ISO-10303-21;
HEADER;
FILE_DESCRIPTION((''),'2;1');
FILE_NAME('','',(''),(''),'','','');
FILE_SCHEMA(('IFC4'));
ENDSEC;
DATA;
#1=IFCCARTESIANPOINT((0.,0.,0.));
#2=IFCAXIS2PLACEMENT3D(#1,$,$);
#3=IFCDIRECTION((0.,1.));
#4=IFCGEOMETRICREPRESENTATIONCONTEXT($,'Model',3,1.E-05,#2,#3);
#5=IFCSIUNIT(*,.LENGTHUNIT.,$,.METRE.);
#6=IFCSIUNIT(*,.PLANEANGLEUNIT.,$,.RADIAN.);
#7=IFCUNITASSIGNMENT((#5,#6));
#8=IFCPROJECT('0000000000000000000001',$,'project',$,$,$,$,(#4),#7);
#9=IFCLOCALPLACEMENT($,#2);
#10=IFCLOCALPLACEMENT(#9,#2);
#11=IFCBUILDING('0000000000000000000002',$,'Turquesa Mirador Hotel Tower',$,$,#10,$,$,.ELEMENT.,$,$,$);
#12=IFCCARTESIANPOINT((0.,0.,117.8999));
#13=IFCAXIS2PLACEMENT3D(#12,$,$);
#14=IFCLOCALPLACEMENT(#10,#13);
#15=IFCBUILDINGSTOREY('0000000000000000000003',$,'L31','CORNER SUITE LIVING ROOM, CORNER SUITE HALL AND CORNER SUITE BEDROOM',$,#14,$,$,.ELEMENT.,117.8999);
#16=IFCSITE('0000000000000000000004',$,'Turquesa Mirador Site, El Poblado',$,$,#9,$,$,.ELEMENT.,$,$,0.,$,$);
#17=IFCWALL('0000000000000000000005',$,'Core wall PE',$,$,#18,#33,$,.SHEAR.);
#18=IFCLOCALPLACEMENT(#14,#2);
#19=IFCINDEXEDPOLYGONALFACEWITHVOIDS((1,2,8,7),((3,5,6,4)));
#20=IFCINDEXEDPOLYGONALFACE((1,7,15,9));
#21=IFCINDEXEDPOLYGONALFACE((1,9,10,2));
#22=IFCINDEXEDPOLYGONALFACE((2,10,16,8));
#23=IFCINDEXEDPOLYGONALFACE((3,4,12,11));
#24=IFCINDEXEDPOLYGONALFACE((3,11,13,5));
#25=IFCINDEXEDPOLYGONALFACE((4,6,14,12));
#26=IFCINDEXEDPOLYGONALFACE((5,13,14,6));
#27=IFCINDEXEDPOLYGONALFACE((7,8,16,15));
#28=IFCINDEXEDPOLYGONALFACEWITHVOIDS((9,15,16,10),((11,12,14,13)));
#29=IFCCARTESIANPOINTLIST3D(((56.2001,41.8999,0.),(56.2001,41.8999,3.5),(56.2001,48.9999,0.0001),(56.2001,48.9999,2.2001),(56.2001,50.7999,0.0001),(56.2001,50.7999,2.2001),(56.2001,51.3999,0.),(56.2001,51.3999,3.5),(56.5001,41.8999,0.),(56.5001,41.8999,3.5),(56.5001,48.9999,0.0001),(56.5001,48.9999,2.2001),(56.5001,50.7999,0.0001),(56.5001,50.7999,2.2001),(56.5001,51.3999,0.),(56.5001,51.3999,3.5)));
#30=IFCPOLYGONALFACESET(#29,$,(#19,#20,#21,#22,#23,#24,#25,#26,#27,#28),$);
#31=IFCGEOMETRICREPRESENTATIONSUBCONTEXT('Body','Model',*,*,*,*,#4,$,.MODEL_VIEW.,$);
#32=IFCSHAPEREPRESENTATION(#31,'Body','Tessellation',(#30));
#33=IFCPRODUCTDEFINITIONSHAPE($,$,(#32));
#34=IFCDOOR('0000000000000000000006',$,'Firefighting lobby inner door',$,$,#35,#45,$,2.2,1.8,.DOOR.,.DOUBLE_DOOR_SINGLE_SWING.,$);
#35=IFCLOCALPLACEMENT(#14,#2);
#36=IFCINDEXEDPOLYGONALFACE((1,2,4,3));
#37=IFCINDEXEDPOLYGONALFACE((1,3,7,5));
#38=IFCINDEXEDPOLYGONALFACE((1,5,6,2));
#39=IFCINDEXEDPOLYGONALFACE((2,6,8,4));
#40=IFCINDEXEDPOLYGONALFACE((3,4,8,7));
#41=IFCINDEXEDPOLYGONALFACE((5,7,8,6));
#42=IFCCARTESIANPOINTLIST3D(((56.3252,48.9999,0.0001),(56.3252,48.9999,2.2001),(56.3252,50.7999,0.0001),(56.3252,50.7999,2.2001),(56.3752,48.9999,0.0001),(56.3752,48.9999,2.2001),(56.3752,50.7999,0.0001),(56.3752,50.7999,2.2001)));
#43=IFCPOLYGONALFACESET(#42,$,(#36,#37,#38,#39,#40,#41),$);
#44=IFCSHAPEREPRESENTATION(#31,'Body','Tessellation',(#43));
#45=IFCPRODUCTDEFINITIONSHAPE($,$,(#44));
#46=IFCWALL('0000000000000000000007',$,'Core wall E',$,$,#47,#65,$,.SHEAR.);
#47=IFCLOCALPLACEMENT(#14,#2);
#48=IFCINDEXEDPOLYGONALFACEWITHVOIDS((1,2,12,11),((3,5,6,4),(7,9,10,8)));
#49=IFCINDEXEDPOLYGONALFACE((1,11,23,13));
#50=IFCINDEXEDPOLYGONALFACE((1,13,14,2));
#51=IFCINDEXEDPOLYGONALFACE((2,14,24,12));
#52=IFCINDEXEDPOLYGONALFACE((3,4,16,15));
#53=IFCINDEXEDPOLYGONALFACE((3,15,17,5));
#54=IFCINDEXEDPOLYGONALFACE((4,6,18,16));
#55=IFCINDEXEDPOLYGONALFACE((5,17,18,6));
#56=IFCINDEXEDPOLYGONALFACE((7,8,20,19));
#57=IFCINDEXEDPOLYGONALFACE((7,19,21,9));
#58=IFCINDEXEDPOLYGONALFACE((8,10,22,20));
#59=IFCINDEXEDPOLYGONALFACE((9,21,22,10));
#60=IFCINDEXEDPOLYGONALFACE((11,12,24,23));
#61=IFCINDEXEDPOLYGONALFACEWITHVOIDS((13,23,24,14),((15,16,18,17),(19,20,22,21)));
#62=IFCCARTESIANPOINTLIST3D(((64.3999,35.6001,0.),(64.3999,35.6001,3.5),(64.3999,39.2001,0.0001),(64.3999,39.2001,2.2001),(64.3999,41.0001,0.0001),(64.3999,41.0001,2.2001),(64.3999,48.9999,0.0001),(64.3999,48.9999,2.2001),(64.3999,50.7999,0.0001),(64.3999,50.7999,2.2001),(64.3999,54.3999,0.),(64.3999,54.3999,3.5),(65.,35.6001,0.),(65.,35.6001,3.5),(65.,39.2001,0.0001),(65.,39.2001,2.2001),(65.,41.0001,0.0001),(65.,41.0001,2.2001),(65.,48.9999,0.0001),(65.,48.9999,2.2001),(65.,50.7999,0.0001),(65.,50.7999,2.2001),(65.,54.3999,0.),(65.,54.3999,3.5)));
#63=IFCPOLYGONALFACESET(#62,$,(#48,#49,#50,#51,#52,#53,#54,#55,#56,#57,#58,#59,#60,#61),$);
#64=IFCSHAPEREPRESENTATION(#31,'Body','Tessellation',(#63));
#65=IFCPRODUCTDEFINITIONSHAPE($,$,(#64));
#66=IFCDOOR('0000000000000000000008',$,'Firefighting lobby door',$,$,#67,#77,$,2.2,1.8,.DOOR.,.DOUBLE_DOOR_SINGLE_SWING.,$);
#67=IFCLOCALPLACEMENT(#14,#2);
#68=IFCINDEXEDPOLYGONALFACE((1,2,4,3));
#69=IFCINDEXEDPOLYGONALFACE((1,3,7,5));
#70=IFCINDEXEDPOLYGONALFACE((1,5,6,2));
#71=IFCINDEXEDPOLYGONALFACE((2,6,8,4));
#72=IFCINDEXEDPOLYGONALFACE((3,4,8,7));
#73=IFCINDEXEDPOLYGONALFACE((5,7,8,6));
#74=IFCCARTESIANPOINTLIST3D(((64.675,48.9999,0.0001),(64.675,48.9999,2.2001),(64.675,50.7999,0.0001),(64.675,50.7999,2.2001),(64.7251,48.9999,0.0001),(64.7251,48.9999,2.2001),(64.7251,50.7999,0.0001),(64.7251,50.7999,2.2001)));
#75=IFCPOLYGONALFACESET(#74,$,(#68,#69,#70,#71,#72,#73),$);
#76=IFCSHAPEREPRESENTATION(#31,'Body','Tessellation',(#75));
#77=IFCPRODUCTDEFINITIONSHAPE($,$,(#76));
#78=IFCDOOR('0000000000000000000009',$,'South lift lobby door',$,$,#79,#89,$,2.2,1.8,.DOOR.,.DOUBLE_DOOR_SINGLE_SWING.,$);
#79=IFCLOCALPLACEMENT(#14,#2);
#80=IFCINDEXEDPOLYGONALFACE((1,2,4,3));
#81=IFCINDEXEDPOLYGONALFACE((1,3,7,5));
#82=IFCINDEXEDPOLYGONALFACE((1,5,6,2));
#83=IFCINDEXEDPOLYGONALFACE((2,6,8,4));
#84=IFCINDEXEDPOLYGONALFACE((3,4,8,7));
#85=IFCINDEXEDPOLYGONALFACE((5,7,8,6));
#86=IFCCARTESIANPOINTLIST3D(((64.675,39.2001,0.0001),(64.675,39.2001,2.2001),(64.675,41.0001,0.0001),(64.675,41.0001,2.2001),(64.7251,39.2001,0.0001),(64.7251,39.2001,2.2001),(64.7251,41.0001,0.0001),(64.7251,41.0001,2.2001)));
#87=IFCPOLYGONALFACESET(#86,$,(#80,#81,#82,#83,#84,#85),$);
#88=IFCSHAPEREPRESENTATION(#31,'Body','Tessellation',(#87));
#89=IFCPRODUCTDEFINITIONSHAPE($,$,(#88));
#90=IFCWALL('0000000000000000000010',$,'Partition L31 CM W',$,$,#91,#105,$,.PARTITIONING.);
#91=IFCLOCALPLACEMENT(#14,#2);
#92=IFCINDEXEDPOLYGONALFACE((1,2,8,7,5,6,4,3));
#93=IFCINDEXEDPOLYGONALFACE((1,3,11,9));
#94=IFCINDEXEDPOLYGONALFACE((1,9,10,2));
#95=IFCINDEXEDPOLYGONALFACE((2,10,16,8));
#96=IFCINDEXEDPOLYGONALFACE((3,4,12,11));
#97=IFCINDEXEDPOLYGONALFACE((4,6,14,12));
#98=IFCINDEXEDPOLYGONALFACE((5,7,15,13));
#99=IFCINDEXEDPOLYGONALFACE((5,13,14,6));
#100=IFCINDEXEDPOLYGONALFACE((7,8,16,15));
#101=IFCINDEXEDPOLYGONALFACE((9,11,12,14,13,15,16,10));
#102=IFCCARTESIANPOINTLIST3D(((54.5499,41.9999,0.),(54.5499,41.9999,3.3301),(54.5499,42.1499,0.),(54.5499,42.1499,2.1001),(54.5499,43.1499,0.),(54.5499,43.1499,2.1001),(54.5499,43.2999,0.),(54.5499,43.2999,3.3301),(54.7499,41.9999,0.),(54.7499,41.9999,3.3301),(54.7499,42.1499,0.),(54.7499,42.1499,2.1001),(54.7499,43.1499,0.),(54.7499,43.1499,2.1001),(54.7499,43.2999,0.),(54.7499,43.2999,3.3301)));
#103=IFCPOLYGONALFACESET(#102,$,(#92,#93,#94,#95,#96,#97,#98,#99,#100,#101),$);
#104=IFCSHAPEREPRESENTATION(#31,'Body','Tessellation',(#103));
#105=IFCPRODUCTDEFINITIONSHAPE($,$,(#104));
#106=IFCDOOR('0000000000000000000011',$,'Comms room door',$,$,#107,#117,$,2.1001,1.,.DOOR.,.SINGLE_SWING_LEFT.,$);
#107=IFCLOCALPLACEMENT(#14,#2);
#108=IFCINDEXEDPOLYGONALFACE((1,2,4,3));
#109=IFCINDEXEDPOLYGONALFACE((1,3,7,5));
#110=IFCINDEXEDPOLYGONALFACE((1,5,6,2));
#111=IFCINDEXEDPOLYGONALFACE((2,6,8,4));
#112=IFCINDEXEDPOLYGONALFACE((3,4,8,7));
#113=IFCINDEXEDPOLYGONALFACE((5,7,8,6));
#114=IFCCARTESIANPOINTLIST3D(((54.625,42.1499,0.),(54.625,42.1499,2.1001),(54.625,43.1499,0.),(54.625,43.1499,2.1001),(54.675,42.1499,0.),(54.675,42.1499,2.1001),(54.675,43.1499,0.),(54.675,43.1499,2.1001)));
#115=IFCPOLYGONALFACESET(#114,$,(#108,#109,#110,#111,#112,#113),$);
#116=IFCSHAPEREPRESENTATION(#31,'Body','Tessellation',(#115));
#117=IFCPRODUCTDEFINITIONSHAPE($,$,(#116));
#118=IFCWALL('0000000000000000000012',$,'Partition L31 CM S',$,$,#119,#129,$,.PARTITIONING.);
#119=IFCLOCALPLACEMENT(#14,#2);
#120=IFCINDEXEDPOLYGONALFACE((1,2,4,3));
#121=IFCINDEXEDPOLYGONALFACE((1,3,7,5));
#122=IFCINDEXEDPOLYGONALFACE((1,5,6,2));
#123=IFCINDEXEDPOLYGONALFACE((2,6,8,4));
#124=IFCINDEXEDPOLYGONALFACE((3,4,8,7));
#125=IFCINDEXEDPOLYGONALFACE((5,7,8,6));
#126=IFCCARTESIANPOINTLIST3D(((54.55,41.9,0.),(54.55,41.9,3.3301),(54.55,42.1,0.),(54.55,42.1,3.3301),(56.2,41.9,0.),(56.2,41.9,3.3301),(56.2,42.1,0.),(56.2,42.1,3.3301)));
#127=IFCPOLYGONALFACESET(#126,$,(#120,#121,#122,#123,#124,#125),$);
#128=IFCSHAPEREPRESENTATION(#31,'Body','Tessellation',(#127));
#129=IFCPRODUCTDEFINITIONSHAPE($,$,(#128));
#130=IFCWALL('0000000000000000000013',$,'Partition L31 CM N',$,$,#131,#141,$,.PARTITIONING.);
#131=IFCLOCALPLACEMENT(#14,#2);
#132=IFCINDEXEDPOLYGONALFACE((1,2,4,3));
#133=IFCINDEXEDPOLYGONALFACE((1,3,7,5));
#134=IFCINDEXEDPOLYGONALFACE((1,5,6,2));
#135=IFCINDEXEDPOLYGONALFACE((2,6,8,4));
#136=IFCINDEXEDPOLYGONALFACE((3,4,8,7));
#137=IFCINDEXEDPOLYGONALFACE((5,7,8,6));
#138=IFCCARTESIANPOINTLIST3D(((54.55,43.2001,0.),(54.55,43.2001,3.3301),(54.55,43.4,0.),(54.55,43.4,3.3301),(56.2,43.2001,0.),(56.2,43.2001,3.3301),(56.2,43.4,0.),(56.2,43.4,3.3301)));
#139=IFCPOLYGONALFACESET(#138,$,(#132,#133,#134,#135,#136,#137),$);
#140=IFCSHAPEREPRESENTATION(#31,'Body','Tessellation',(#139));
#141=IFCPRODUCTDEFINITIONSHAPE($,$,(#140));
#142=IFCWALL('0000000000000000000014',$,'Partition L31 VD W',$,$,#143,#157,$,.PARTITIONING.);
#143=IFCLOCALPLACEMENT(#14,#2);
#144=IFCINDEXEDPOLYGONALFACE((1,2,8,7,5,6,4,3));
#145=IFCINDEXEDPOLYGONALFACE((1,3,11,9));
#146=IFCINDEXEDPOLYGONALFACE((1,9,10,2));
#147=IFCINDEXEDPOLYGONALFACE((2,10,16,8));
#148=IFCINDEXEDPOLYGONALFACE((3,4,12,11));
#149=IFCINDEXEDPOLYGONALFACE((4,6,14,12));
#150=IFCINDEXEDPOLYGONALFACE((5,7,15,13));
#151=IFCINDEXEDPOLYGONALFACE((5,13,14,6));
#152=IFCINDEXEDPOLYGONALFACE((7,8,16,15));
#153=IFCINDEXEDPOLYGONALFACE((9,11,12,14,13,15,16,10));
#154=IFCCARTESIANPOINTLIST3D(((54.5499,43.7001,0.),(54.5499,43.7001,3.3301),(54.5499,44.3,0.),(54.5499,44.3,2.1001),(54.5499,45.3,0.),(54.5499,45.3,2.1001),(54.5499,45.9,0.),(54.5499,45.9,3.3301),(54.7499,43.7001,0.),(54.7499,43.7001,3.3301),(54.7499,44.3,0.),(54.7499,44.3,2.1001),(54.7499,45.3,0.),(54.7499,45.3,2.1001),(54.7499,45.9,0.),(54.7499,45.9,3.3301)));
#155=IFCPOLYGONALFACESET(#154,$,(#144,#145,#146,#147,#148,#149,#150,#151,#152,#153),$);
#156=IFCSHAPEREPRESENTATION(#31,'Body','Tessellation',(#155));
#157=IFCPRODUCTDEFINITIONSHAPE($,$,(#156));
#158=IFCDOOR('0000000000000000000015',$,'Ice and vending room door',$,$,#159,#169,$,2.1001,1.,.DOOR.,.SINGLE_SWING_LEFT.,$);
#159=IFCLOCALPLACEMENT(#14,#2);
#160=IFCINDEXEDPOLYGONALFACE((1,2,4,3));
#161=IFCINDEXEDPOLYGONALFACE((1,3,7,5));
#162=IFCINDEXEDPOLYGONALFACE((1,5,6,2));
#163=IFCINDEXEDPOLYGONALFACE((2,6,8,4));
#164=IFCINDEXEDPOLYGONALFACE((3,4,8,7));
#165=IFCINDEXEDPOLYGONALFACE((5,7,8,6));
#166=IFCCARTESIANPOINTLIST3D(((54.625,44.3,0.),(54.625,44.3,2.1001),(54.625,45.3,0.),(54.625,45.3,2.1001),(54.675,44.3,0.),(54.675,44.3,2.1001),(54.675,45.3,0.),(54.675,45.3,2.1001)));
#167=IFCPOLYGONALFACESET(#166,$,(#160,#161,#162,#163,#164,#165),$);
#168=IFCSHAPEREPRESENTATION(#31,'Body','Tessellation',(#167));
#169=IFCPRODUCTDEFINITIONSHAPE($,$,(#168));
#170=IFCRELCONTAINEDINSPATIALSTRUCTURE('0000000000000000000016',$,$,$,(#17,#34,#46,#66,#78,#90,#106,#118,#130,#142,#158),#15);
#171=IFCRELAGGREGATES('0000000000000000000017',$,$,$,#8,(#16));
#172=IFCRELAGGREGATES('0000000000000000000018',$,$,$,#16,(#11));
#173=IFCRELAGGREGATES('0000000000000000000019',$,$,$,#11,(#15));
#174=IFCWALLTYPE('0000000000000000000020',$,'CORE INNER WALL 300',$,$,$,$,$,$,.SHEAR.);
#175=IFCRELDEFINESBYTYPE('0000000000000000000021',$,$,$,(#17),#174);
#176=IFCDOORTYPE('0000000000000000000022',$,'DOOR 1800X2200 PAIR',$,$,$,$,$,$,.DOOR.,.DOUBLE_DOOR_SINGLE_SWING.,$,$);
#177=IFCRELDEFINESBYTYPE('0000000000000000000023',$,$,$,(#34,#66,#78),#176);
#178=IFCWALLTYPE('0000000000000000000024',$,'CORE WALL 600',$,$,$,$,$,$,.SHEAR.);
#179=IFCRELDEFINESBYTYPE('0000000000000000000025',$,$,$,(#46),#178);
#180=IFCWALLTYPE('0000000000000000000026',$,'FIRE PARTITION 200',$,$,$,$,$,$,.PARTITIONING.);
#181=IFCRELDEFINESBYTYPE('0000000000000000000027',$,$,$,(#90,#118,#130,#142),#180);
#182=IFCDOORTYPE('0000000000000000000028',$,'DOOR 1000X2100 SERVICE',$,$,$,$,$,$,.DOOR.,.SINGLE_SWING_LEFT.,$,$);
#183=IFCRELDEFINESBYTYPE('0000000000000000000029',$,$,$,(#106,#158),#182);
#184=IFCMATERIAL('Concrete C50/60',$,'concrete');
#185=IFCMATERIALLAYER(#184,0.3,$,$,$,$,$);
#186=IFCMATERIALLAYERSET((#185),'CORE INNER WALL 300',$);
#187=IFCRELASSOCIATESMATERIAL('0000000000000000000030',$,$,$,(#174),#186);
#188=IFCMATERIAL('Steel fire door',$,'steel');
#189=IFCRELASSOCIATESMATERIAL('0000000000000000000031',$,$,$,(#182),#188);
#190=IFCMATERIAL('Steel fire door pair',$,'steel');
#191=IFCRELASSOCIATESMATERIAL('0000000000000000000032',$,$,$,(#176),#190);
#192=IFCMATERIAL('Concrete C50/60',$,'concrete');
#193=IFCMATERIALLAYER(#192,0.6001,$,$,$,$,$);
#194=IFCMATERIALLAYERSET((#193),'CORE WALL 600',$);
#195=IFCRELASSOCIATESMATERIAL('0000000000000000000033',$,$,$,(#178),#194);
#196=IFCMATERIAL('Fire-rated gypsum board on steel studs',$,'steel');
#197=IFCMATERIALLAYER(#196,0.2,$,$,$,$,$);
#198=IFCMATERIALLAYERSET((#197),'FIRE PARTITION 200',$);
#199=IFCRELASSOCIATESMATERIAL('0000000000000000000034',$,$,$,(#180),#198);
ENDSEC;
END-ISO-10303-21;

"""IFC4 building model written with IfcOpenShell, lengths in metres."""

from ifc_helpers import new_model, si_unit, direction, frame, frame_2d, origin, place, context, subcontext, project, spatial, rectangle, extrude, material, layer, layer_set, type_object, element, fill, save


model = new_model("IFC4")

# Units and contexts
model_context = context("Model", 3, precision=1e-05, world=origin(), true_north=direction((0.0, 1.0)))
body_context = subcontext(model_context, "Body", "Model", "MODEL_VIEW")
ifc_project = project(units=[si_unit("LENGTHUNIT", "METRE"), si_unit("PLANEANGLEUNIT", "RADIAN")], contexts=[model_context])

# Site, building, storey
site_placement = place(None, origin())
site = spatial("IfcSite", under=ifc_project, at=site_placement, Name="Turquesa Mirador Site, El Poblado", CompositionType="ELEMENT", RefElevation=0.0)
building_placement = place(site_placement, origin())
building = spatial("IfcBuilding", under=site, at=building_placement, Name="Turquesa Mirador Hotel Tower", CompositionType="ELEMENT")
storey_placement = place(building_placement, frame((0.0, 0.0, 117.8999)))
storey = spatial("IfcBuildingStorey", under=building, at=storey_placement, Name="L31", Description="CORNER SUITE LIVING ROOM, CORNER SUITE HALL AND CORNER SUITE BEDROOM", CompositionType="ELEMENT", Elevation=117.8999)

# Wall, opening, door
ifc_material_1 = material(Name="Concrete C50/60", Category="concrete")
ifc_layer_1 = layer(ifc_material_1, 0.3)
ifc_layer_set_1 = layer_set([ifc_layer_1], Name="CORE INNER WALL 300")
wall_type_1 = type_object("IfcWallType", Name="CORE INNER WALL 300", PredefinedType="SHEAR", material=ifc_layer_set_1)
ifc_material_2 = material(Name="Steel fire door", Category="steel")
door_type_1 = type_object("IfcDoorType", Name="DOOR 1000X2100 SERVICE", OperationType="SINGLE_SWING_LEFT", PredefinedType="DOOR", material=ifc_material_2)
wall_1_placement = place(storey_placement, frame((56.3501, 41.8999, 0.0), z_axis=(0.0, 0.0, 1.0), x_axis=(0.0, 1.0, 0.0)))
wall_1 = element("IfcWall", 1, at=wall_1_placement, inside=storey, type_object=wall_type_1, Name="Core wall PE", PredefinedType="SHEAR", context=body_context, shape_type="SweptSolid", body=[
    extrude(rectangle(XDim=9.5, YDim=0.3, at=frame_2d((4.75, 0.0))), origin(), (0.0, 0.0, 1.0), 3.5),
])
opening_1_placement = place(wall_1_placement, frame((7.1001, 0.0, 0.0)))
opening_1 = element("IfcOpeningElement", 2, at=opening_1_placement, cuts=wall_1, PredefinedType="OPENING", context=body_context, shape_type="SweptSolid", body=[
    extrude(rectangle(XDim=1.8, YDim=2.2, at=frame_2d((0.8999, 1.1001))), frame((0.0, 0.1599, 0.0), z_axis=(0.0, -1.0, 0.0), x_axis=(1.0, 0.0, 0.0)), (0.0, 0.0, 1.0), 0.3201),
])
ifc_material_3 = material(Name="Steel fire door pair", Category="steel")
door_type_2 = type_object("IfcDoorType", Name="DOOR 1800X2200 PAIR", OperationType="DOUBLE_DOOR_SINGLE_SWING", PredefinedType="DOOR", material=ifc_material_3)
door_1_placement = place(opening_1_placement, origin())
door_1 = element("IfcDoor", 3, at=door_1_placement, inside=storey, type_object=door_type_2, Name="Firefighting lobby inner door", OperationType="DOUBLE_DOOR_SINGLE_SWING", OverallHeight=2.2, OverallWidth=1.8, PredefinedType="DOOR", context=body_context, shape_type="SweptSolid", body=[
    extrude(rectangle(XDim=1.8, YDim=2.2, at=frame_2d((0.8999, 1.1001))), frame((0.0, 0.0249, 0.0), z_axis=(0.0, -1.0, 0.0), x_axis=(1.0, 0.0, 0.0)), (0.0, 0.0, 1.0), 0.05),
])
fill(opening_1, door_1)

# Wall, openings, doors
ifc_material_4 = material(Name="Concrete C50/60", Category="concrete")
ifc_layer_2 = layer(ifc_material_4, 0.6001)
ifc_layer_set_2 = layer_set([ifc_layer_2], Name="CORE WALL 600")
wall_type_2 = type_object("IfcWallType", Name="CORE WALL 600", PredefinedType="SHEAR", material=ifc_layer_set_2)
wall_2_placement = place(storey_placement, frame((64.7, 35.6001, 0.0), z_axis=(0.0, 0.0, 1.0), x_axis=(0.0, 1.0, 0.0)))
wall_2 = element("IfcWall", 4, at=wall_2_placement, inside=storey, type_object=wall_type_2, Name="Core wall E", PredefinedType="SHEAR", context=body_context, shape_type="SweptSolid", body=[
    extrude(rectangle(XDim=18.7998, YDim=0.6001, at=frame_2d((9.3999, 0.0))), origin(), (0.0, 0.0, 1.0), 3.5),
])
opening_2_placement = place(wall_2_placement, frame((13.3999, 0.0, 0.0)))
opening_2 = element("IfcOpeningElement", 5, at=opening_2_placement, cuts=wall_2, PredefinedType="OPENING", context=body_context, shape_type="SweptSolid", body=[
    extrude(rectangle(XDim=1.8, YDim=2.2, at=frame_2d((0.8999, 1.1001))), frame((0.0, 0.3101, 0.0), z_axis=(0.0, -1.0, 0.0), x_axis=(1.0, 0.0, 0.0)), (0.0, 0.0, 1.0), 0.6201),
])
opening_3_placement = place(wall_2_placement, frame((3.6001, 0.0, 0.0)))
opening_3 = element("IfcOpeningElement", 6, at=opening_3_placement, cuts=wall_2, PredefinedType="OPENING", context=body_context, shape_type="SweptSolid", body=[
    extrude(rectangle(XDim=1.8, YDim=2.2, at=frame_2d((0.8999, 1.1001))), frame((0.0, 0.3101, 0.0), z_axis=(0.0, -1.0, 0.0), x_axis=(1.0, 0.0, 0.0)), (0.0, 0.0, 1.0), 0.6201),
])
door_2_placement = place(opening_2_placement, origin())
door_2 = element("IfcDoor", 7, at=door_2_placement, inside=storey, type_object=door_type_2, Name="Firefighting lobby door", OperationType="DOUBLE_DOOR_SINGLE_SWING", OverallHeight=2.2, OverallWidth=1.8, PredefinedType="DOOR", context=body_context, shape_type="SweptSolid", body=[
    extrude(rectangle(XDim=1.8, YDim=2.2, at=frame_2d((0.8999, 1.1001))), frame((0.0, 0.0249, 0.0), z_axis=(0.0, -1.0, 0.0), x_axis=(1.0, 0.0, 0.0)), (0.0, 0.0, 1.0), 0.05),
])
fill(opening_2, door_2)
door_3_placement = place(opening_3_placement, origin())
door_3 = element("IfcDoor", 8, at=door_3_placement, inside=storey, type_object=door_type_2, Name="South lift lobby door", OperationType="DOUBLE_DOOR_SINGLE_SWING", OverallHeight=2.2, OverallWidth=1.8, PredefinedType="DOOR", context=body_context, shape_type="SweptSolid", body=[
    extrude(rectangle(XDim=1.8, YDim=2.2, at=frame_2d((0.8999, 1.1001))), frame((0.0, 0.0249, 0.0), z_axis=(0.0, -1.0, 0.0), x_axis=(1.0, 0.0, 0.0)), (0.0, 0.0, 1.0), 0.05),
])
fill(opening_3, door_3)

# Wall, opening, door
ifc_material_5 = material(Name="Fire-rated gypsum board on steel studs", Category="steel")
ifc_layer_3 = layer(ifc_material_5, 0.2)
ifc_layer_set_3 = layer_set([ifc_layer_3], Name="FIRE PARTITION 200")
wall_type_3 = type_object("IfcWallType", Name="FIRE PARTITION 200", PredefinedType="PARTITIONING", material=ifc_layer_set_3)
wall_3_placement = place(storey_placement, frame((54.6499, 42.0, 0.0), z_axis=(0.0, 0.0, 1.0), x_axis=(0.0, 1.0, 0.0)))
wall_3 = element("IfcWall", 9, at=wall_3_placement, inside=storey, type_object=wall_type_3, Name="Partition L31 CM W", PredefinedType="PARTITIONING", context=body_context, shape_type="SweptSolid", body=[
    extrude(rectangle(XDim=1.3, YDim=0.2, at=frame_2d((0.6499, 0.0))), origin(), (0.0, 0.0, 1.0), 3.3301),
])
opening_4_placement = place(wall_3_placement, frame((0.1499, 0.0, 0.0)))
opening_4 = element("IfcOpeningElement", 10, at=opening_4_placement, cuts=wall_3, PredefinedType="OPENING", context=body_context, shape_type="SweptSolid", body=[
    extrude(rectangle(XDim=1.0, YDim=2.1001, at=frame_2d((0.5, 1.05))), frame((0.0, 0.1099, 0.0), z_axis=(0.0, -1.0, 0.0), x_axis=(1.0, 0.0, 0.0)), (0.0, 0.0, 1.0), 0.22),
])
door_4_placement = place(opening_4_placement, origin())
door_4 = element("IfcDoor", 11, at=door_4_placement, inside=storey, type_object=door_type_1, Name="Comms room door", OperationType="SINGLE_SWING_LEFT", OverallHeight=2.1001, OverallWidth=1.0, PredefinedType="DOOR", context=body_context, shape_type="SweptSolid", body=[
    extrude(rectangle(XDim=1.0, YDim=2.1001, at=frame_2d((0.5, 1.05))), frame((0.0, 0.0249, 0.0), z_axis=(0.0, -1.0, 0.0), x_axis=(1.0, 0.0, 0.0)), (0.0, 0.0, 1.0), 0.05),
])
fill(opening_4, door_4)

# Walls
for number, where, z_axis, x_axis, name in (
    (12, (54.55, 42.0, 0.0), (0.0, 0.0, 1.0), (1.0, 0.0, 0.0), "Partition L31 CM S"),
    (13, (54.55, 43.3, 0.0), (0.0, 0.0, 1.0), (1.0, 0.0, 0.0), "Partition L31 CM N"),
):
    element("IfcWall", number, at=place(storey_placement, frame(where, z_axis=z_axis, x_axis=x_axis)), inside=storey, type_object=wall_type_3, Name=name, PredefinedType="PARTITIONING", context=body_context, shape_type="SweptSolid", body=[
        extrude(rectangle(XDim=1.6499, YDim=0.2, at=frame_2d((0.825, 0.0))), origin(), (0.0, 0.0, 1.0), 3.3301),
    ])

# Wall, opening, door
wall_4_placement = place(storey_placement, frame((54.6499, 43.7, 0.0), z_axis=(0.0, 0.0, 1.0), x_axis=(0.0, 1.0, 0.0)))
wall_4 = element("IfcWall", 14, at=wall_4_placement, inside=storey, type_object=wall_type_3, Name="Partition L31 VD W", PredefinedType="PARTITIONING", context=body_context, shape_type="SweptSolid", body=[
    extrude(rectangle(XDim=2.2, YDim=0.2, at=frame_2d((1.1001, 0.0))), origin(), (0.0, 0.0, 1.0), 3.3301),
])
opening_5_placement = place(wall_4_placement, frame((0.6001, 0.0, 0.0)))
opening_5 = element("IfcOpeningElement", 15, at=opening_5_placement, cuts=wall_4, PredefinedType="OPENING", context=body_context, shape_type="SweptSolid", body=[
    extrude(rectangle(XDim=1.0, YDim=2.1001, at=frame_2d((0.5, 1.05))), frame((0.0, 0.1099, 0.0), z_axis=(0.0, -1.0, 0.0), x_axis=(1.0, 0.0, 0.0)), (0.0, 0.0, 1.0), 0.22),
])
door_5_placement = place(opening_5_placement, origin())
door_5 = element("IfcDoor", 16, at=door_5_placement, inside=storey, type_object=door_type_1, Name="Ice and vending room door", OperationType="SINGLE_SWING_LEFT", OverallHeight=2.1001, OverallWidth=1.0, PredefinedType="DOOR", context=body_context, shape_type="SweptSolid", body=[
    extrude(rectangle(XDim=1.0, YDim=2.1001, at=frame_2d((0.5, 1.05))), frame((0.0, 0.0249, 0.0), z_axis=(0.0, -1.0, 0.0), x_axis=(1.0, 0.0, 0.0)), (0.0, 0.0, 1.0), 0.05),
])
fill(opening_5, door_5)

save(model, "model.ifc")
